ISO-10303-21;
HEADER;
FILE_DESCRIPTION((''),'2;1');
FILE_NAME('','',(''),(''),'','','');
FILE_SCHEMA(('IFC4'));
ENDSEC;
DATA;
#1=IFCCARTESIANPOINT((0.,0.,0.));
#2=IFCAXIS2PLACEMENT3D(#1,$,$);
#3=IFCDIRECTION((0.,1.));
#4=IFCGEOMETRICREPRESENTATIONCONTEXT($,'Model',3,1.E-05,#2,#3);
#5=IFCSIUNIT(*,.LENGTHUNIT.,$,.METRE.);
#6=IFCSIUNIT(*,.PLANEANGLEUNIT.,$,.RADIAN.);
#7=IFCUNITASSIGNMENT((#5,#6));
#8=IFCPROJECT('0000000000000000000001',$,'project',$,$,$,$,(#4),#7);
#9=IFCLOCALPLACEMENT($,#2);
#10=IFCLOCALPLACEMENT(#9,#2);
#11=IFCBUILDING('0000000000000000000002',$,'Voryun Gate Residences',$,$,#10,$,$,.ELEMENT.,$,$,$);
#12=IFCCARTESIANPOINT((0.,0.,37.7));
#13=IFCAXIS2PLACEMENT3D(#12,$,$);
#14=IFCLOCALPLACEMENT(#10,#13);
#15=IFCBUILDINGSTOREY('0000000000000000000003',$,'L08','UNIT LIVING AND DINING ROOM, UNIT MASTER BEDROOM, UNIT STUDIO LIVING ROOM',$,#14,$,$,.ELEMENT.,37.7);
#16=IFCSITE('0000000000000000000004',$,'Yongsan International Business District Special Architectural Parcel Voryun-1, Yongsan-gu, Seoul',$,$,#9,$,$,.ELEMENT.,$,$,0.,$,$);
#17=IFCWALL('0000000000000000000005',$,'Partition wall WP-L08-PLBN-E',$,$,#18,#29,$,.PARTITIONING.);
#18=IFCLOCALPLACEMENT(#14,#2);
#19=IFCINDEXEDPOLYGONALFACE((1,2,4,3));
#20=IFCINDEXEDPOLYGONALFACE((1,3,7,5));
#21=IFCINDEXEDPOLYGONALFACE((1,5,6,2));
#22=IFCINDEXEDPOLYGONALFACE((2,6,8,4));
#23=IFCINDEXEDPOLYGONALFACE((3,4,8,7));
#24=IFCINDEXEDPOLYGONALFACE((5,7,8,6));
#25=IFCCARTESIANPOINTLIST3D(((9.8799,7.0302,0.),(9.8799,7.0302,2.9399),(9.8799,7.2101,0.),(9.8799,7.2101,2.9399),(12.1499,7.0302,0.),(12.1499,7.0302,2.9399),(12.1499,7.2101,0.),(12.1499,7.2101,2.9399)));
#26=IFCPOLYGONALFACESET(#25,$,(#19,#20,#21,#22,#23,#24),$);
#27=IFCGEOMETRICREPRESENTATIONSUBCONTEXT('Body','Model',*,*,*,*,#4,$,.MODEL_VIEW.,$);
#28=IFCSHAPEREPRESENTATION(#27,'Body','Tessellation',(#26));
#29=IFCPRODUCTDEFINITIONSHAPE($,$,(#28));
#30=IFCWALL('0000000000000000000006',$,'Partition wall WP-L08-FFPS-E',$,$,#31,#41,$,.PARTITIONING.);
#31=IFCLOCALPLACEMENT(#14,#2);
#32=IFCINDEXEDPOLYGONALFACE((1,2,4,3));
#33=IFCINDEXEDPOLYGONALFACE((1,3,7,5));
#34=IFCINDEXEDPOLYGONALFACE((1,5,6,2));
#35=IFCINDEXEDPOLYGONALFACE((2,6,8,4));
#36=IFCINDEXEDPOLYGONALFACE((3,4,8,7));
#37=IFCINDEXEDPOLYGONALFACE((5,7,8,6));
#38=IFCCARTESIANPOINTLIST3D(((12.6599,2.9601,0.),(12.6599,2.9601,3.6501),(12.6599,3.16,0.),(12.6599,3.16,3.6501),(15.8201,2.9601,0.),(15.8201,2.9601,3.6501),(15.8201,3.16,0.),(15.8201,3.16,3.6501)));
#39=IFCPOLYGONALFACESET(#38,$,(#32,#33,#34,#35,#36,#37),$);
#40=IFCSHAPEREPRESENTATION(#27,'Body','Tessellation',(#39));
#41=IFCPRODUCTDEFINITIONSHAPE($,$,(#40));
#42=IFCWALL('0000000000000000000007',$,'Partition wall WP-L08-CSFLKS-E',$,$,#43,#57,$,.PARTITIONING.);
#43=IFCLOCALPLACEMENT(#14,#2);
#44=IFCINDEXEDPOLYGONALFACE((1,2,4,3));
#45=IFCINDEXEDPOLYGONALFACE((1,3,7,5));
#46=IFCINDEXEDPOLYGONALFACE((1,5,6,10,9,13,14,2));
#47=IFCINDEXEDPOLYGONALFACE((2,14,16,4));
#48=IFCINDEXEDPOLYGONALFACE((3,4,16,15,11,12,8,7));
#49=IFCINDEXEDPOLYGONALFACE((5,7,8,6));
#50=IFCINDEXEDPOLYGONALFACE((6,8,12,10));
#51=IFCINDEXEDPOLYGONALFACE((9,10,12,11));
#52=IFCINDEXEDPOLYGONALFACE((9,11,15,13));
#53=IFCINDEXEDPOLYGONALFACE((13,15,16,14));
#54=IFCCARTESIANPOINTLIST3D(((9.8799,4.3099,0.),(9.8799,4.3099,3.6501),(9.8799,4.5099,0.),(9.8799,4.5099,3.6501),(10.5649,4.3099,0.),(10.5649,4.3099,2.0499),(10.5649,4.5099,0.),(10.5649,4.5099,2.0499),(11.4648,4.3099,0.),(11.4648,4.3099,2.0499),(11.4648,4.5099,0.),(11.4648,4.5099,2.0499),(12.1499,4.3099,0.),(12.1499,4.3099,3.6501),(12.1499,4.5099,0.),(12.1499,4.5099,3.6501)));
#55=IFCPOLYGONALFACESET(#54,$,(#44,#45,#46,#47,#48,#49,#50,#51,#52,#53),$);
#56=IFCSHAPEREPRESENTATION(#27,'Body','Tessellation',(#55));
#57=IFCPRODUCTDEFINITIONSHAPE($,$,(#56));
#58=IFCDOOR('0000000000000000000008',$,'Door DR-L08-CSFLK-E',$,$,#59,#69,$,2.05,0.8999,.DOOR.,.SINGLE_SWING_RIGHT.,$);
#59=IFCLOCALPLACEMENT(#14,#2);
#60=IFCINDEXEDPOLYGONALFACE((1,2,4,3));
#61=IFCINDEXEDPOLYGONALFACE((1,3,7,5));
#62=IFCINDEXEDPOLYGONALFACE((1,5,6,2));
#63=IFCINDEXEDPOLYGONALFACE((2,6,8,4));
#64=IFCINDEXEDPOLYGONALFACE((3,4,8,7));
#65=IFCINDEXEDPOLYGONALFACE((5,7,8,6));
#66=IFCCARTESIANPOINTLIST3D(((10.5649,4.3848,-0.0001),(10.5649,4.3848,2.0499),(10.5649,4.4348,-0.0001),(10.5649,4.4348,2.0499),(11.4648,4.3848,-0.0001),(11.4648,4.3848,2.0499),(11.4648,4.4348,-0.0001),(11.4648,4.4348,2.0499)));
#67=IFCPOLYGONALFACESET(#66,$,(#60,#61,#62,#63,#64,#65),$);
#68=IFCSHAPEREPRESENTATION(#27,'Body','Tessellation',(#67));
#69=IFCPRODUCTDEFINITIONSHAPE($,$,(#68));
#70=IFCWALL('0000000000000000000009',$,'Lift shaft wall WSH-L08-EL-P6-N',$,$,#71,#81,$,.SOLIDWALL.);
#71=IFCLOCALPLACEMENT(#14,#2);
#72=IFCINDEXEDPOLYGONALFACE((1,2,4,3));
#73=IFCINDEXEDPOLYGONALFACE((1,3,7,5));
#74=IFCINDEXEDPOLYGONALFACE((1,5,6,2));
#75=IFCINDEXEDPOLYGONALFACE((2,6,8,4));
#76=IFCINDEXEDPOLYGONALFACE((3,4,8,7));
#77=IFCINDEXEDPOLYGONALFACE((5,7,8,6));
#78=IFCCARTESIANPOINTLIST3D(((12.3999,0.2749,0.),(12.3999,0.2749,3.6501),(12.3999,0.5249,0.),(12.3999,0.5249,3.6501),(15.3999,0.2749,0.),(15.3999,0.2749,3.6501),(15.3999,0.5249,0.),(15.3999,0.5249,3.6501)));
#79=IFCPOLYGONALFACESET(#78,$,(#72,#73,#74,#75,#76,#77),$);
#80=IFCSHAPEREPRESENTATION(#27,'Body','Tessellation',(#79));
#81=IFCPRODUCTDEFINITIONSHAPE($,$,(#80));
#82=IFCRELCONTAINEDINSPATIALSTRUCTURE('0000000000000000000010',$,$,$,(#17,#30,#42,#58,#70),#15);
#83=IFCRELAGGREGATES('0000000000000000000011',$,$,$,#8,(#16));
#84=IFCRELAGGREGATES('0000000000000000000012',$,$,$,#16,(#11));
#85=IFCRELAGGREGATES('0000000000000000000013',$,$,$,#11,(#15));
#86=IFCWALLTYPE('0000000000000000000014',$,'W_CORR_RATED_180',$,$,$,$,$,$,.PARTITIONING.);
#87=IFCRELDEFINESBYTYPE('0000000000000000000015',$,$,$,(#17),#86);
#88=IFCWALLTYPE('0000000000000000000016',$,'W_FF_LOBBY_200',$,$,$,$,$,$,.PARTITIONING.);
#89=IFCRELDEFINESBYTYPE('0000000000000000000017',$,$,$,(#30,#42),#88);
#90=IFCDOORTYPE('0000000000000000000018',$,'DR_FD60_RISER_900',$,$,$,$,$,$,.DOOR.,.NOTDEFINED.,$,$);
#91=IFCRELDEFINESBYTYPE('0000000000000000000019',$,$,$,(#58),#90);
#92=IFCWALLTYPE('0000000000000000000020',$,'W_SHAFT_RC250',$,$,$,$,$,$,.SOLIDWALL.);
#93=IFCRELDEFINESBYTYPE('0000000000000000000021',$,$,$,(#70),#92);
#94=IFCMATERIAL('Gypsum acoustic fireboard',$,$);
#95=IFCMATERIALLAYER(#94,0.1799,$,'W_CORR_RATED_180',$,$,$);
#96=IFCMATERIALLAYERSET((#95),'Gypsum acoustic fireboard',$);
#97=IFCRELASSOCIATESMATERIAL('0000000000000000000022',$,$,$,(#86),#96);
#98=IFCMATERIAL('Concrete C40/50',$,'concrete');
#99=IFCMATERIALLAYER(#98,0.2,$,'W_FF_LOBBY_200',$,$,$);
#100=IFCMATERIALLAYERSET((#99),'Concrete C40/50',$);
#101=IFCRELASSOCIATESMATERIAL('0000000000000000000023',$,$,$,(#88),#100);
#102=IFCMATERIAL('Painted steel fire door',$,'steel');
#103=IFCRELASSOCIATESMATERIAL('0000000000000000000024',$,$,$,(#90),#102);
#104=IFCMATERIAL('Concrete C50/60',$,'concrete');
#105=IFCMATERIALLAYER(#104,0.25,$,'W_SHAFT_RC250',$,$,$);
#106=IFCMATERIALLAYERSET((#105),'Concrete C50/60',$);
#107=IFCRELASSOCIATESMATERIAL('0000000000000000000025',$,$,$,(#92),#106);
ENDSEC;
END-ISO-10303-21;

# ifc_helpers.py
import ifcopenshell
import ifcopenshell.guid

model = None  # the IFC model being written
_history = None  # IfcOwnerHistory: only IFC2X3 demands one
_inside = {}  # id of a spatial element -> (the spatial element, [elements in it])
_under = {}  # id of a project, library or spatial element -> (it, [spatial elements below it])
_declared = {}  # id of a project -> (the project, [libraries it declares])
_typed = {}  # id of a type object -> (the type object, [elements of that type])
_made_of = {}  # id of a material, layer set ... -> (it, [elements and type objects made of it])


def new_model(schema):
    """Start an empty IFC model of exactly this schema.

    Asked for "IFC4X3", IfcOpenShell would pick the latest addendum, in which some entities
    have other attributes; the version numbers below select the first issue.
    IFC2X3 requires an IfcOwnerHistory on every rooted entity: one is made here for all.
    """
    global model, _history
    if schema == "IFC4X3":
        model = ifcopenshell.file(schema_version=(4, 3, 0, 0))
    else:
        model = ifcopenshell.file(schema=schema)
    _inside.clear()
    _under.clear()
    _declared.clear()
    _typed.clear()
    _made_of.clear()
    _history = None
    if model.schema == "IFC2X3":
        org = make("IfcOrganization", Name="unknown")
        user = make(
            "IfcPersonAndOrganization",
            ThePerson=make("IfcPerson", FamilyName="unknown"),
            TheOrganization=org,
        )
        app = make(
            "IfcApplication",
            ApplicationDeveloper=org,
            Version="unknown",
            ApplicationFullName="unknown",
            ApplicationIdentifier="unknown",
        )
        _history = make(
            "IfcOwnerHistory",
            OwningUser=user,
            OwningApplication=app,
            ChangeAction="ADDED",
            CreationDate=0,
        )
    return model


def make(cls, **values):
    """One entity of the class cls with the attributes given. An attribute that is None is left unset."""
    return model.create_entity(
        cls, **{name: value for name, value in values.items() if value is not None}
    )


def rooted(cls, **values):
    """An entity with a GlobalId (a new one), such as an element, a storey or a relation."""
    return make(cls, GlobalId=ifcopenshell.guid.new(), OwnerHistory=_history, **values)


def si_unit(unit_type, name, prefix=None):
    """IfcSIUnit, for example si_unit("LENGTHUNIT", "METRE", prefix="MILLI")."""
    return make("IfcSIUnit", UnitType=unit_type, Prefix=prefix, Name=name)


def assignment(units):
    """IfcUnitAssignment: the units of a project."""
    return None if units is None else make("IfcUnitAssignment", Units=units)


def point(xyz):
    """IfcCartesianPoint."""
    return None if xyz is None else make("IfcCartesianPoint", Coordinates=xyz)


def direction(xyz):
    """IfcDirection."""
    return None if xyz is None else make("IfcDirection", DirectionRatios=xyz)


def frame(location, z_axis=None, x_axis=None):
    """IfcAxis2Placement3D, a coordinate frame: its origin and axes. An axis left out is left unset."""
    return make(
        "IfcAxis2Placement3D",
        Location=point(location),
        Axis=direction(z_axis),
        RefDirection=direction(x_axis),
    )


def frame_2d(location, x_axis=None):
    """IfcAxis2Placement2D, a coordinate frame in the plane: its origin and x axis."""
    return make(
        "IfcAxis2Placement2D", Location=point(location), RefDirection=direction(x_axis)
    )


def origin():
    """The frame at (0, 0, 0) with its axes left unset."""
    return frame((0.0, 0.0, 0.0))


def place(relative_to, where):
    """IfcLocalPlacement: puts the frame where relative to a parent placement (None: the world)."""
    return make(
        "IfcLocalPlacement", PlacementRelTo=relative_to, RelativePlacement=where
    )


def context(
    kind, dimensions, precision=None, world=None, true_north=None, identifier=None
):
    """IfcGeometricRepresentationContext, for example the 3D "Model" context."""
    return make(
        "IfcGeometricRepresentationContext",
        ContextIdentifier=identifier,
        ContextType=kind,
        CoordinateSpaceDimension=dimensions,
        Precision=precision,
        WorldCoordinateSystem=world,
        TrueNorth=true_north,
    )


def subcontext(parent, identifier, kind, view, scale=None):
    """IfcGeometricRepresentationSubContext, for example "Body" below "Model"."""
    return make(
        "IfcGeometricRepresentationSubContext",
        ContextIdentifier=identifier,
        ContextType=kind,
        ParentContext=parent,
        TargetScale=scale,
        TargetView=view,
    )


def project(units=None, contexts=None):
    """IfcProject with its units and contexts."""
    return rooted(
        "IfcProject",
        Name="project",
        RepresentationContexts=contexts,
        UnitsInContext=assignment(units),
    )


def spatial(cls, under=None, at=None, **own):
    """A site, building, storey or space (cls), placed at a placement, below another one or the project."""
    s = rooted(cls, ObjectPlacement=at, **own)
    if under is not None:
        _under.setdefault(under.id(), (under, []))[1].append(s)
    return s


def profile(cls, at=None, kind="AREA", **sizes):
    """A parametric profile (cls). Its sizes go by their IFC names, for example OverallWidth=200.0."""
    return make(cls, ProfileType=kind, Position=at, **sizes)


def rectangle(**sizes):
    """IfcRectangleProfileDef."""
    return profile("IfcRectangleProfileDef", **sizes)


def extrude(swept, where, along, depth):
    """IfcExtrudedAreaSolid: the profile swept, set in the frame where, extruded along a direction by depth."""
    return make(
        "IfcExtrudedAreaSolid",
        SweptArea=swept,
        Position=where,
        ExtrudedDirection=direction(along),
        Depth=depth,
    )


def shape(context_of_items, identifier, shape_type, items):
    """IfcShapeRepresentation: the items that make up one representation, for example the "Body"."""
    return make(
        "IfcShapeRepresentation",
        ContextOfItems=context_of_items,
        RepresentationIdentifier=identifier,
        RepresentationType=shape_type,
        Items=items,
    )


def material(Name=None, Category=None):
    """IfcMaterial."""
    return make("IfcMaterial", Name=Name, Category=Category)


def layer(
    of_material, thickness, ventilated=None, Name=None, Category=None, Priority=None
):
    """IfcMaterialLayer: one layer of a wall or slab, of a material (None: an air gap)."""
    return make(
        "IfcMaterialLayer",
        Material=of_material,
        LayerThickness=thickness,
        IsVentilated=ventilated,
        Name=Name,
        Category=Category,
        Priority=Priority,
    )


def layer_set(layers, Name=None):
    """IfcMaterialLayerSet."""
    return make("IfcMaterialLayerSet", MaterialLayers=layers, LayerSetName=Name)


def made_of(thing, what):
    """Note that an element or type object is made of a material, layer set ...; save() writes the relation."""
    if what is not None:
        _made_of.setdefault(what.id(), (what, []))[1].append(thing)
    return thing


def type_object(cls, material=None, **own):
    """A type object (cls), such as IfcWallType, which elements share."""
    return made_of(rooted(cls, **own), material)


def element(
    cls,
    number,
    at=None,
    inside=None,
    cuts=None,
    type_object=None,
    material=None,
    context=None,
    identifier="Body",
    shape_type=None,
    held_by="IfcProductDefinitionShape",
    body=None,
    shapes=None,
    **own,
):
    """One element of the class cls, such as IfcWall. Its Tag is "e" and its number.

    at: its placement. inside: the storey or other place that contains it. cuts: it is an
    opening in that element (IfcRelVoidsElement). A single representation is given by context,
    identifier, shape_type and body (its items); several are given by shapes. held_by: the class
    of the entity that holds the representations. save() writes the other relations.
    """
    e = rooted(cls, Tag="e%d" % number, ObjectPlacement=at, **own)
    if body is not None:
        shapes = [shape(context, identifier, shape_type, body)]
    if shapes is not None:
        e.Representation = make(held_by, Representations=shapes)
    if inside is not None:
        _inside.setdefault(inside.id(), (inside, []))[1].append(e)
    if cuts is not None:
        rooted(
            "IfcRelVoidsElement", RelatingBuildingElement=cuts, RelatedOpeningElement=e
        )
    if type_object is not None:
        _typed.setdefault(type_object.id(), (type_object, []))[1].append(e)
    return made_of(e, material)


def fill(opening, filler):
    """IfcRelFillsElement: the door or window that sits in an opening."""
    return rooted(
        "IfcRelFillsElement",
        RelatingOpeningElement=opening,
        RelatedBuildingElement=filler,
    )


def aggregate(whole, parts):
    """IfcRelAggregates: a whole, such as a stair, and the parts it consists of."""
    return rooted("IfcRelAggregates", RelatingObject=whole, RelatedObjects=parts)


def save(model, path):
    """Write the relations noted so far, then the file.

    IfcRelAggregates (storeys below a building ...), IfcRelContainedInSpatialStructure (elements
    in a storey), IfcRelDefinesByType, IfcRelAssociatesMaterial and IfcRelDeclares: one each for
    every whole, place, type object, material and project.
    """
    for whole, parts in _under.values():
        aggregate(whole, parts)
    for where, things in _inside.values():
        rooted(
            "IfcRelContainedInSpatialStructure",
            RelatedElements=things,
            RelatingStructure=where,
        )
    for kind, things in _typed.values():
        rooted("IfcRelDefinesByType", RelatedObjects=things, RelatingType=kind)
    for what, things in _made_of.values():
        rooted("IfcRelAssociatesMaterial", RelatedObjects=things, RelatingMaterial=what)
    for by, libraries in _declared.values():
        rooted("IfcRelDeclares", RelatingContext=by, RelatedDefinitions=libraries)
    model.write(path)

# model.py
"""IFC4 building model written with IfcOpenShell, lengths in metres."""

from ifc_helpers import new_model, si_unit, direction, frame, frame_2d, origin, place, context, subcontext, project, spatial, rectangle, extrude, material, layer, layer_set, type_object, element, fill, save


model = new_model("IFC4")

# Units and contexts
model_context = context("Model", 3, precision=1e-05, world=origin(), true_north=direction((0.0, 1.0)))
body_context = subcontext(model_context, "Body", "Model", "MODEL_VIEW")
ifc_project = project(units=[si_unit("LENGTHUNIT", "METRE"), si_unit("PLANEANGLEUNIT", "RADIAN")], contexts=[model_context])

# Site, building, storey
site_placement = place(None, origin())
site = spatial("IfcSite", under=ifc_project, at=site_placement, Name="Yongsan International Business District Special Architectural Parcel Voryun-1, Yongsan-gu, Seoul", CompositionType="ELEMENT", RefElevation=0.0)
building_placement = place(site_placement, origin())
building = spatial("IfcBuilding", under=site, at=building_placement, Name="Voryun Gate Residences", CompositionType="ELEMENT")
storey_placement = place(building_placement, frame((0.0, 0.0, 37.7)))
storey = spatial("IfcBuildingStorey", under=building, at=storey_placement, Name="L08", Description="UNIT LIVING AND DINING ROOM, UNIT MASTER BEDROOM, UNIT STUDIO LIVING ROOM", CompositionType="ELEMENT", Elevation=37.7)

# Walls
ifc_material_1 = material(Name="Gypsum acoustic fireboard")
ifc_layer_1 = layer(ifc_material_1, 0.1799, Name="W_CORR_RATED_180")
ifc_layer_set_1 = layer_set([ifc_layer_1], Name="Gypsum acoustic fireboard")
wall_type_1 = type_object("IfcWallType", Name="W_CORR_RATED_180", PredefinedType="PARTITIONING", material=ifc_layer_set_1)
wall_1_placement = place(storey_placement, frame((9.8799, 7.1201, 0.0), z_axis=(0.0, 0.0, 1.0), x_axis=(1.0, 0.0, 0.0)))
element("IfcWall", 1, at=wall_1_placement, inside=storey, type_object=wall_type_1, Name="Partition wall WP-L08-PLBN-E", PredefinedType="PARTITIONING", context=body_context, shape_type="SweptSolid", body=[
    extrude(rectangle(XDim=2.27, YDim=0.1799, at=frame_2d((1.135, 0.0))), origin(), (0.0, 0.0, 1.0), 2.9399),
])
ifc_material_2 = material(Name="Concrete C40/50", Category="concrete")
ifc_layer_2 = layer(ifc_material_2, 0.2, Name="W_FF_LOBBY_200")
ifc_layer_set_2 = layer_set([ifc_layer_2], Name="Concrete C40/50")
wall_type_2 = type_object("IfcWallType", Name="W_FF_LOBBY_200", PredefinedType="PARTITIONING", material=ifc_layer_set_2)
wall_2_placement = place(storey_placement, frame((12.6599, 3.0601, 0.0), z_axis=(0.0, 0.0, 1.0), x_axis=(1.0, 0.0, 0.0)))
element("IfcWall", 2, at=wall_2_placement, inside=storey, type_object=wall_type_2, Name="Partition wall WP-L08-FFPS-E", PredefinedType="PARTITIONING", context=body_context, shape_type="SweptSolid", body=[
    extrude(rectangle(XDim=3.1602, YDim=0.2, at=frame_2d((1.5801, 0.0))), origin(), (0.0, 0.0, 1.0), 3.6501),
])

# Wall, opening, door
wall_3_placement = place(storey_placement, frame((9.8799, 4.4099, 0.0), z_axis=(0.0, 0.0, 1.0), x_axis=(1.0, 0.0, 0.0)))
wall_3 = element("IfcWall", 3, at=wall_3_placement, inside=storey, type_object=wall_type_2, Name="Partition wall WP-L08-CSFLKS-E", PredefinedType="PARTITIONING", context=body_context, shape_type="SweptSolid", body=[
    extrude(rectangle(XDim=2.27, YDim=0.2, at=frame_2d((1.135, 0.0))), origin(), (0.0, 0.0, 1.0), 3.6501),
])
opening_placement = place(wall_3_placement, frame((0.6851, 0.0, 0.0)))
opening = element("IfcOpeningElement", 4, at=opening_placement, cuts=wall_3, PredefinedType="OPENING", context=body_context, shape_type="SweptSolid", body=[
    extrude(rectangle(XDim=0.8999, YDim=2.05, at=frame_2d((0.45, 1.0249))), frame((0.0, 0.1101, 0.0), z_axis=(0.0, -1.0, 0.0), x_axis=(1.0, 0.0, 0.0)), (0.0, 0.0, 1.0), 0.22),
])
ifc_material_3 = material(Name="Painted steel fire door", Category="steel")
door_type = type_object("IfcDoorType", Name="DR_FD60_RISER_900", OperationType="NOTDEFINED", PredefinedType="DOOR", material=ifc_material_3)
door_placement = place(opening_placement, origin())
door = element("IfcDoor", 5, at=door_placement, inside=storey, type_object=door_type, Name="Door DR-L08-CSFLK-E", OperationType="SINGLE_SWING_RIGHT", OverallHeight=2.05, OverallWidth=0.8999, PredefinedType="DOOR", context=body_context, shape_type="SweptSolid", body=[
    extrude(rectangle(XDim=0.8999, YDim=2.05, at=frame_2d((0.45, 1.0249))), frame((0.0, 0.0249, 0.0), z_axis=(0.0, -1.0, 0.0), x_axis=(1.0, 0.0, 0.0)), (0.0, 0.0, 1.0), 0.05),
])
fill(opening, door)

# Wall
ifc_material_4 = material(Name="Concrete C50/60", Category="concrete")
ifc_layer_3 = layer(ifc_material_4, 0.25, Name="W_SHAFT_RC250")
ifc_layer_set_3 = layer_set([ifc_layer_3], Name="Concrete C50/60")
wall_type_3 = type_object("IfcWallType", Name="W_SHAFT_RC250", PredefinedType="SOLIDWALL", material=ifc_layer_set_3)
wall_4_placement = place(storey_placement, frame((15.3999, 0.3999, 0.0), z_axis=(0.0, 0.0, 1.0), x_axis=(-1.0, 0.0, 0.0)))
element("IfcWall", 6, at=wall_4_placement, inside=storey, type_object=wall_type_3, Name="Lift shaft wall WSH-L08-EL-P6-N", PredefinedType="SOLIDWALL", context=body_context, shape_type="SweptSolid", body=[
    extrude(rectangle(XDim=3.0, YDim=0.25, at=frame_2d((1.5, 0.0))), origin(), (0.0, 0.0, 1.0), 3.6501),
])

save(model, "model.ifc")
